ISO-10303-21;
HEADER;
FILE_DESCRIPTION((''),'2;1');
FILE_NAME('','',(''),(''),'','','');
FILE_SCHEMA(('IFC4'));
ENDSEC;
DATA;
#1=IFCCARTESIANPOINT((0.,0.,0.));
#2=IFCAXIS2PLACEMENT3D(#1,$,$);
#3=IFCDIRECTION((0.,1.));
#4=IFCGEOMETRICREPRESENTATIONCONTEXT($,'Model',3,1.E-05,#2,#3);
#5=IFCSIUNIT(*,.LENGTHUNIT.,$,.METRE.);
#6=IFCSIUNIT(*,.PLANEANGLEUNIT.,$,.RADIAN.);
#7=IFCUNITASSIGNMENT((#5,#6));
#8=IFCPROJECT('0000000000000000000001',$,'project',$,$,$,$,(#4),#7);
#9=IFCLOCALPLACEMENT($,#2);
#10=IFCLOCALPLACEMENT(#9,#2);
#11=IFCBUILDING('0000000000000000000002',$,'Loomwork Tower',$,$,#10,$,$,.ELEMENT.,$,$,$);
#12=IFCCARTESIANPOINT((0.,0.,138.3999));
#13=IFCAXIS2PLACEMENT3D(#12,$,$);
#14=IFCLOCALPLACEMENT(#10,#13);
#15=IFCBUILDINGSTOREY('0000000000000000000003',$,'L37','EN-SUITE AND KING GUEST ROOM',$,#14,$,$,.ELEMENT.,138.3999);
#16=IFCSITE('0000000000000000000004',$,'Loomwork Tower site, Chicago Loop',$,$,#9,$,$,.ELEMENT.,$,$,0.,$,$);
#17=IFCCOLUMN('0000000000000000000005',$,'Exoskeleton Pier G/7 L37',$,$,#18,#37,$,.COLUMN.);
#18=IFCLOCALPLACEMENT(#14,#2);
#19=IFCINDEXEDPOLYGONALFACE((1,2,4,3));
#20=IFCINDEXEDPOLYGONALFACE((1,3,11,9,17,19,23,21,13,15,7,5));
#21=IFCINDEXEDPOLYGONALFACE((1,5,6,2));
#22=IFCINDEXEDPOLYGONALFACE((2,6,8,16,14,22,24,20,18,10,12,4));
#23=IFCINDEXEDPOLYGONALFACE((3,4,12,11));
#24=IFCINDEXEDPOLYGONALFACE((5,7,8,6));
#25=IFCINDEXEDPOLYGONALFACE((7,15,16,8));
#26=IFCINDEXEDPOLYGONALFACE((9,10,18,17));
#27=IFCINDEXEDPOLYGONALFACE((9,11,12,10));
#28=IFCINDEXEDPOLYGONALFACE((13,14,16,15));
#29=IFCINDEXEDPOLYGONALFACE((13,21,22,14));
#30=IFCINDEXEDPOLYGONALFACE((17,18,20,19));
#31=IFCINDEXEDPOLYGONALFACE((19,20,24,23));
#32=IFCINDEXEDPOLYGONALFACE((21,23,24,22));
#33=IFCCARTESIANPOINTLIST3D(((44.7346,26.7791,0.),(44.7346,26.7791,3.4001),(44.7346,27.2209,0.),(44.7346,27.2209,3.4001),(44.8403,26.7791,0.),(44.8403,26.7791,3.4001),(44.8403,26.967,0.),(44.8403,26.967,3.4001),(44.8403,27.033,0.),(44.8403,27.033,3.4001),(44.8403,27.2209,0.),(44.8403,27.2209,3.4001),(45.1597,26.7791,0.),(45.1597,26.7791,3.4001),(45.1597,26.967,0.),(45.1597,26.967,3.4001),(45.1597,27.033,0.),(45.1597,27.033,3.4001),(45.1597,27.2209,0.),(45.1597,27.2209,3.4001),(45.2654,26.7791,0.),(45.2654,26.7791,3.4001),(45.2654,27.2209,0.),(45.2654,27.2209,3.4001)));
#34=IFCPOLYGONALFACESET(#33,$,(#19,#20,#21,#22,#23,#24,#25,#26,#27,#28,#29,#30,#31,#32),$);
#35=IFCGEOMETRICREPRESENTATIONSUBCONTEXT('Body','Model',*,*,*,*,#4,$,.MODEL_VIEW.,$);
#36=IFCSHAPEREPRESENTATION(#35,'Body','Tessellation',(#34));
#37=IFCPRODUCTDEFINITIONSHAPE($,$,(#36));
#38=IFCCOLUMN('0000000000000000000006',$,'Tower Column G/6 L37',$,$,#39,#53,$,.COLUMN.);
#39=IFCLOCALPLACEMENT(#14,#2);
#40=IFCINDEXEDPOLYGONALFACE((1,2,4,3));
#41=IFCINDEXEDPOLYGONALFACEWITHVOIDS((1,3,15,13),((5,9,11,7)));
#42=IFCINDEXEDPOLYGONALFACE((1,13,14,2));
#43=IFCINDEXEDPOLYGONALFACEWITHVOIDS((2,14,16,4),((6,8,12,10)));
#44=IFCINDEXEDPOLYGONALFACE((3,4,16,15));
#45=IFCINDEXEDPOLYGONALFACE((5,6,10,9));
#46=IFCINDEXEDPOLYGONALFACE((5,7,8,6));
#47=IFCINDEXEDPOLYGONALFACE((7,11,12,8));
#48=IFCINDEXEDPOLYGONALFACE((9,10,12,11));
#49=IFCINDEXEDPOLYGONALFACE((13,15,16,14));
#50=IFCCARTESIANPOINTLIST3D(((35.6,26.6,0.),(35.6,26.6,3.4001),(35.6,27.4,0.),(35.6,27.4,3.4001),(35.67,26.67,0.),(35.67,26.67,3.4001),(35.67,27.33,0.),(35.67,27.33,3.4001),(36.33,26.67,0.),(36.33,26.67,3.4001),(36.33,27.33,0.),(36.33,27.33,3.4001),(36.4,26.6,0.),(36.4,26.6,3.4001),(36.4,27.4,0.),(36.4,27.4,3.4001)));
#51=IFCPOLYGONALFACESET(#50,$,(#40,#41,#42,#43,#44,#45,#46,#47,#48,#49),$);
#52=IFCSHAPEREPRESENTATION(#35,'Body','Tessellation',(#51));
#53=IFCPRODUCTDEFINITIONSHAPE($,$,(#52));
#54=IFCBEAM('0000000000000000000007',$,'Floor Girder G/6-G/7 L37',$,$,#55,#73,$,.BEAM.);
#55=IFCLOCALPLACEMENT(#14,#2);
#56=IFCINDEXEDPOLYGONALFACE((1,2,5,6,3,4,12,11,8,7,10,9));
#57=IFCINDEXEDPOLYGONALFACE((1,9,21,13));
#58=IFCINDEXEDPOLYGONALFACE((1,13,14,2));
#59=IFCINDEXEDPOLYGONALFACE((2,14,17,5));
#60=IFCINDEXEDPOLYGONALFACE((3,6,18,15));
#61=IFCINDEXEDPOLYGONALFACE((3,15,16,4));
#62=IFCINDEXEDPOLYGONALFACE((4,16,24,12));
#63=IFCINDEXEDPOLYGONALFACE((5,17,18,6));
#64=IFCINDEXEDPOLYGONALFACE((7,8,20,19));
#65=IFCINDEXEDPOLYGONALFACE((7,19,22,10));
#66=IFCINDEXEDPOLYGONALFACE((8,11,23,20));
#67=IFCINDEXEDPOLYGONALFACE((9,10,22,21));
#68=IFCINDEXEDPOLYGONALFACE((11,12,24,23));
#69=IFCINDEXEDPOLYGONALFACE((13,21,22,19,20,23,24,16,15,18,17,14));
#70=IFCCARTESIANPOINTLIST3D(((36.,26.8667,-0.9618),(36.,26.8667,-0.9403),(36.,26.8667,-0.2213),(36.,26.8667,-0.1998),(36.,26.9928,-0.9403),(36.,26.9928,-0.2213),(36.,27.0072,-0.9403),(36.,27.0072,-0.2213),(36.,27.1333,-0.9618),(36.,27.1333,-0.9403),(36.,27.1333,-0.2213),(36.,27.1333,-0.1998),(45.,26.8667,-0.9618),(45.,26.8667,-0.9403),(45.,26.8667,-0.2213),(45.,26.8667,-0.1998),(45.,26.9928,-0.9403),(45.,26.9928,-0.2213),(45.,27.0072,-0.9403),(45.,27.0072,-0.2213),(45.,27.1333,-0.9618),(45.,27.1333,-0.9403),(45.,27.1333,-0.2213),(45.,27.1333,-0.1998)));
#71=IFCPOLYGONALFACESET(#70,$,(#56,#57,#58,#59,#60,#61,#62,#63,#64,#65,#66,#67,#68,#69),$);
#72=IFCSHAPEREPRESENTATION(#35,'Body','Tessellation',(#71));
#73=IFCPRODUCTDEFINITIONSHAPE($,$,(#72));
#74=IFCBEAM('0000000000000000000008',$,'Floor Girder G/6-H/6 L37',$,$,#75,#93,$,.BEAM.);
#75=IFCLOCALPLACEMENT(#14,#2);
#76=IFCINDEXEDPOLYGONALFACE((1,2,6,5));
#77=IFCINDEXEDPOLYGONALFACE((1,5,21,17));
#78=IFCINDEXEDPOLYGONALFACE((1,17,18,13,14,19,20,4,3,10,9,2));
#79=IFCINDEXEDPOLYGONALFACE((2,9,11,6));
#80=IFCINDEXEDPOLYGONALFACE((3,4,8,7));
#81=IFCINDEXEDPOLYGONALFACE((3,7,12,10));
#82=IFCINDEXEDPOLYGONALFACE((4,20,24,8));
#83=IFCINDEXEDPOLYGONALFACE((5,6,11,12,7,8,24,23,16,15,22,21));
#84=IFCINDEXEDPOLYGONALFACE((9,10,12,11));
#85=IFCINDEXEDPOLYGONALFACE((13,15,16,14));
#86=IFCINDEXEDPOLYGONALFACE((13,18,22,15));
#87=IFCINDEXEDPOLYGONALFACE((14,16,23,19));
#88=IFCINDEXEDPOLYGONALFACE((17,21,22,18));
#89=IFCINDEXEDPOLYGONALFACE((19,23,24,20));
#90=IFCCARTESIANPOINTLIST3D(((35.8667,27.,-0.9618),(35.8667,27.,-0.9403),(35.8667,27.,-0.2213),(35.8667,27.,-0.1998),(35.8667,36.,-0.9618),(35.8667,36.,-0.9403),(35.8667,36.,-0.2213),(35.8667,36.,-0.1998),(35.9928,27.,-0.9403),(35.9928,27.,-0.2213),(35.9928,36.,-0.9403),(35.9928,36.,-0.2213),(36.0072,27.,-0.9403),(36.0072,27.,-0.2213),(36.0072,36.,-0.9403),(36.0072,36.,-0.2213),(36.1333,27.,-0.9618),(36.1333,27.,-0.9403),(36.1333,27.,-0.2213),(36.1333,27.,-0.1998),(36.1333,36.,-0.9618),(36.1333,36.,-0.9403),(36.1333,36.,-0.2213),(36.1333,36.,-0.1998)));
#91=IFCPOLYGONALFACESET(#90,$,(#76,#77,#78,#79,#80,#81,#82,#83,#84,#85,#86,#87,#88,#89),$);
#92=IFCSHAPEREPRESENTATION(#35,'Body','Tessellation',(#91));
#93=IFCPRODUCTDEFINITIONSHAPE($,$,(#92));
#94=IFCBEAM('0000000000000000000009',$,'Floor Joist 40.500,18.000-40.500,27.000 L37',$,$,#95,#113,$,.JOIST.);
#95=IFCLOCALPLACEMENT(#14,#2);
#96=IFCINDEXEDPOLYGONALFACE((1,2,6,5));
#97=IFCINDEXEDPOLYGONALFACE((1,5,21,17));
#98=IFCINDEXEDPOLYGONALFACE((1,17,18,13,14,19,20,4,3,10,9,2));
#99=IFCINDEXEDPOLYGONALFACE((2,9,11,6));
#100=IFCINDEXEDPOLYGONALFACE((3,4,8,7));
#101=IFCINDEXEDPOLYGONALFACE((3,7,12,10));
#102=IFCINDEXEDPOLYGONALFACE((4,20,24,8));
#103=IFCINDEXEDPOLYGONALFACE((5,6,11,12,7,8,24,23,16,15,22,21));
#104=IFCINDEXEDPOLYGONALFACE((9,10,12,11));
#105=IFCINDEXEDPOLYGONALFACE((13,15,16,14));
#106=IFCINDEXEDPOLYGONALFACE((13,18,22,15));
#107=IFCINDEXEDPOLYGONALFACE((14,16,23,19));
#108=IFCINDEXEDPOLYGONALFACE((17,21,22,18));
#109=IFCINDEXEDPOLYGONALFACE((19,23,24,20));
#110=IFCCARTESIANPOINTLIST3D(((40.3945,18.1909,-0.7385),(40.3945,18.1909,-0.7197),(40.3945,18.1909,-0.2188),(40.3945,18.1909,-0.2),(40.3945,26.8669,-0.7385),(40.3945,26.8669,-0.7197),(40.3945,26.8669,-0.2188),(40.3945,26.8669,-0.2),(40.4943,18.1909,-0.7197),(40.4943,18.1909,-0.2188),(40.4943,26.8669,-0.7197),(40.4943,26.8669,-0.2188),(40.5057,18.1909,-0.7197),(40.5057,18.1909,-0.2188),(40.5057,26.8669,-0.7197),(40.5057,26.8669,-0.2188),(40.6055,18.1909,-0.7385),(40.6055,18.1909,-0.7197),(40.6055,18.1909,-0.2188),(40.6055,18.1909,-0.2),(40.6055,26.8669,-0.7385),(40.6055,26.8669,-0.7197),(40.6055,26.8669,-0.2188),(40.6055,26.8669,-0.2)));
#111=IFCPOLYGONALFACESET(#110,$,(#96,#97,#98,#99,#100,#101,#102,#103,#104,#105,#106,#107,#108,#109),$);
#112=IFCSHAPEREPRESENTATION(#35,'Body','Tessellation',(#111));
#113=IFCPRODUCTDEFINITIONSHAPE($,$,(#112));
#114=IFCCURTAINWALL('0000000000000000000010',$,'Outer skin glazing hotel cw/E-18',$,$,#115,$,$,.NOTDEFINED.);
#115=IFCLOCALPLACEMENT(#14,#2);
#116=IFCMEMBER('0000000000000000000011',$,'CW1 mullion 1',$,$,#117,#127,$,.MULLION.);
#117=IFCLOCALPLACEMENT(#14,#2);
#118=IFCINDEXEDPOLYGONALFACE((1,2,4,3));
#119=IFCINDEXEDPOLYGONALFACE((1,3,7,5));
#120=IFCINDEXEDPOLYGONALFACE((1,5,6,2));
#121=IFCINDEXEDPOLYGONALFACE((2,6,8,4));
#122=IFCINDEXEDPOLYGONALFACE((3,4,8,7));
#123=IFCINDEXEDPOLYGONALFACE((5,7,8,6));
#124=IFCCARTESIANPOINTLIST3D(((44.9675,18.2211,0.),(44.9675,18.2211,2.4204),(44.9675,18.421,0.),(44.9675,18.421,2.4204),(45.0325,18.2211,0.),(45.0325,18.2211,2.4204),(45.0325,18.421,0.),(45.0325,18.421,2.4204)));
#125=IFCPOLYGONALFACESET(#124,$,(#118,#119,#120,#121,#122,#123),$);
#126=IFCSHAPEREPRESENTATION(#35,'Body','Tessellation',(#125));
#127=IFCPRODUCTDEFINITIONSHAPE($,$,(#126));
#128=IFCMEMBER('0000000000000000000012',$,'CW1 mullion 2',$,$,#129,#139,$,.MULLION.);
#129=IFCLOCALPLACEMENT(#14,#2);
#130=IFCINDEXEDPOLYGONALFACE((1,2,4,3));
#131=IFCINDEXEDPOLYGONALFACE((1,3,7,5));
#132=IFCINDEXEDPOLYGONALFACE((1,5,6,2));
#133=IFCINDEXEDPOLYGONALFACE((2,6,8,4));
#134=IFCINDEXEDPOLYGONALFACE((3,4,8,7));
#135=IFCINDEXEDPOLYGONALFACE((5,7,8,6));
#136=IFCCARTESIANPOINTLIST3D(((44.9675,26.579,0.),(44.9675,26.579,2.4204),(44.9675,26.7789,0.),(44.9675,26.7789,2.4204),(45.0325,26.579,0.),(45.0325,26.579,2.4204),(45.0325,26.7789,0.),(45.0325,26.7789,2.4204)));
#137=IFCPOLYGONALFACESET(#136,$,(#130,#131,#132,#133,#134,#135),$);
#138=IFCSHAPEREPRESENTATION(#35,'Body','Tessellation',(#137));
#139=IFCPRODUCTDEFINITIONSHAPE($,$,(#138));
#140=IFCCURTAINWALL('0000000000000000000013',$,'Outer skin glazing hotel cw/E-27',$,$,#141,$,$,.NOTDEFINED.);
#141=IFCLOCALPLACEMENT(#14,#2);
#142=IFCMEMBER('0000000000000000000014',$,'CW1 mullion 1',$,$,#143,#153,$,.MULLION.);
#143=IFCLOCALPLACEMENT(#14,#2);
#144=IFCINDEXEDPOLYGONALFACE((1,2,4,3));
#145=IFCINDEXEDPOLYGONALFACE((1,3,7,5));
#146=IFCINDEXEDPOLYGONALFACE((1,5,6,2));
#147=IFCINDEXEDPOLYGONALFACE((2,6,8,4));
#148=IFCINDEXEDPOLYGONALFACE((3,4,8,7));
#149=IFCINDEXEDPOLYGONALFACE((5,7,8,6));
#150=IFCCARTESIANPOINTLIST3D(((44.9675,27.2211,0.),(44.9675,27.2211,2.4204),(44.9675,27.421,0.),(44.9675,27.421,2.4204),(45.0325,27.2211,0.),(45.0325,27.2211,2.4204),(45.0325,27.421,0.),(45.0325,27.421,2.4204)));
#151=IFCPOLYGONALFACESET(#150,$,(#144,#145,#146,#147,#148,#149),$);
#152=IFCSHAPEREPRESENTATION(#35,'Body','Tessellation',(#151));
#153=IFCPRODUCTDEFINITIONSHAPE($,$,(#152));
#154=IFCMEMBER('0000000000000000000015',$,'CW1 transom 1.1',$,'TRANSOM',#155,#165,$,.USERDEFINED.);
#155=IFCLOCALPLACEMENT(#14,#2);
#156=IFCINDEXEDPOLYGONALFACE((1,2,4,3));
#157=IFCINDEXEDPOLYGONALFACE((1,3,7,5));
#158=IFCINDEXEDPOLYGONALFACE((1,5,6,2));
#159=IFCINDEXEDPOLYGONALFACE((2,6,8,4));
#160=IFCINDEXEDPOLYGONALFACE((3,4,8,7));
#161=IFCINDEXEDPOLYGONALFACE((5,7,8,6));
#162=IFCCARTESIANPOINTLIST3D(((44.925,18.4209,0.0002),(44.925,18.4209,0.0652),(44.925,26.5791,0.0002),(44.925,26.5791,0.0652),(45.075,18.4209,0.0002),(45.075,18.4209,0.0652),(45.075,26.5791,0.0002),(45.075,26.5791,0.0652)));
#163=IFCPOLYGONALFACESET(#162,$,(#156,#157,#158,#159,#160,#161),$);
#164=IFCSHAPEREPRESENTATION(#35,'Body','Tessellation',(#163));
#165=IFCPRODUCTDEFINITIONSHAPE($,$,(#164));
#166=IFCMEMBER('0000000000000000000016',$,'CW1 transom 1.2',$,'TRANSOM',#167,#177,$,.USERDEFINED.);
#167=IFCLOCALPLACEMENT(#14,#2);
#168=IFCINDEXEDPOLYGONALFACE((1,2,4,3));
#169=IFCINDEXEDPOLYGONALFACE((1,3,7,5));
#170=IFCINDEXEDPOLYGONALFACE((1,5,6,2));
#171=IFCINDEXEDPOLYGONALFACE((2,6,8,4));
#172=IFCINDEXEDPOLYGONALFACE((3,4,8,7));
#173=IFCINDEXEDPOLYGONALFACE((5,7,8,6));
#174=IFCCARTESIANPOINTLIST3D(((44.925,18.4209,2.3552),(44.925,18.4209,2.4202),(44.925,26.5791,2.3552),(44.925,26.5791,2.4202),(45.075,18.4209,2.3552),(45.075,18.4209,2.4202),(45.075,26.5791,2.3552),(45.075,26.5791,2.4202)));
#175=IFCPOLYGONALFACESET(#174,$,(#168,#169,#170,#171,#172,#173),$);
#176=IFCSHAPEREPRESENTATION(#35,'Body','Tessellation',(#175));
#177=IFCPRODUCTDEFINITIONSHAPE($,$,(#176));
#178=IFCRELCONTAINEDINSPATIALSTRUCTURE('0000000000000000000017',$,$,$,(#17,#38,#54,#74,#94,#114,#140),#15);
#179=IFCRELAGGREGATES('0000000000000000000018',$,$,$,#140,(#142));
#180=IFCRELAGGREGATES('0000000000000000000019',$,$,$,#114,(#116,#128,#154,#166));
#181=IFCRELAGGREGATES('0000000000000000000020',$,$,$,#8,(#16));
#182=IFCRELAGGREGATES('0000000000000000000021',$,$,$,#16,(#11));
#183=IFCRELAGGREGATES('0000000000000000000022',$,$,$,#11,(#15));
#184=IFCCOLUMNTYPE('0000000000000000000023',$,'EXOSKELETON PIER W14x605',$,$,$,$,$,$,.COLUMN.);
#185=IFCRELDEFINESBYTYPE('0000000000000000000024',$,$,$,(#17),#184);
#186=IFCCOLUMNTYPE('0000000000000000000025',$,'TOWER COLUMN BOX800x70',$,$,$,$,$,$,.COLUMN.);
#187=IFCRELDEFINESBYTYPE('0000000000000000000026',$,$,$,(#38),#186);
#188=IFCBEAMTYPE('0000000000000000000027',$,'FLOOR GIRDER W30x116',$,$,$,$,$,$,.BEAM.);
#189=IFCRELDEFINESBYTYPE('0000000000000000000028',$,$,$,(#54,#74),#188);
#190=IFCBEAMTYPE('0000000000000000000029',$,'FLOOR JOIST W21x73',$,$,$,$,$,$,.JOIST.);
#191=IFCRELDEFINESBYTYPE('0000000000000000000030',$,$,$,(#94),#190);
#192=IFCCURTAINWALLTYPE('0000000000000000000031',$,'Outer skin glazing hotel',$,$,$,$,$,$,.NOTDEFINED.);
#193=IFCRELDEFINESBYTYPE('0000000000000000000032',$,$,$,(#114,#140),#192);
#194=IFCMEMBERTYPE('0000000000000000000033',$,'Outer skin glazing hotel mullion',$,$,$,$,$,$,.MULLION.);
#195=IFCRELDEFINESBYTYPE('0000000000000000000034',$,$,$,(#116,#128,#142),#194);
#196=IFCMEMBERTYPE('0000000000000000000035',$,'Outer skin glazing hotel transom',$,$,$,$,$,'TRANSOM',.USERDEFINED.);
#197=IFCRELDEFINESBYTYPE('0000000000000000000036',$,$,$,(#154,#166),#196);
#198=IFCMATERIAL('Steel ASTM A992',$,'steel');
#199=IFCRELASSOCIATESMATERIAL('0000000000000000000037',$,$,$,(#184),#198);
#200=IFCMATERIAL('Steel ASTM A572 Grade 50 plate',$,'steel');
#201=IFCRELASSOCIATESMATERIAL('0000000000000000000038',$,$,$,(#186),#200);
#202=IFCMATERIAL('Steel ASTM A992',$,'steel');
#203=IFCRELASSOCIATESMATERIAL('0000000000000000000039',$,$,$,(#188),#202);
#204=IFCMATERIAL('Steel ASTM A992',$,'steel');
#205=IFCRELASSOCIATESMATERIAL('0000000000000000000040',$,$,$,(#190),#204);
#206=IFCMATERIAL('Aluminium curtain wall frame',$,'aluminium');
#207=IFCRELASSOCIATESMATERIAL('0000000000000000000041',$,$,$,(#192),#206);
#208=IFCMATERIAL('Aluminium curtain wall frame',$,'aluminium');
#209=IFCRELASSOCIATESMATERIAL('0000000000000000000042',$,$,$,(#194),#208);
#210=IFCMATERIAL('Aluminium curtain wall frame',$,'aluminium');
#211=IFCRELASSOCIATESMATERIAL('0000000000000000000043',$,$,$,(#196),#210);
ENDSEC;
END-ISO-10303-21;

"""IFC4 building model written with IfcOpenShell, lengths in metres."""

from ifc_helpers import new_model, si_unit, direction, frame, origin, origin_2d, place, context, subcontext, project, spatial, rectangle, hollow_rectangle, i_section, extrude, material, material_profile, profile_set, type_object, element, aggregate, save


model = new_model("IFC4")

# Units and contexts
model_context = context("Model", 3, precision=1e-05, world=origin(), true_north=direction((0.0, 1.0)))
body_context = subcontext(model_context, "Body", "Model", "MODEL_VIEW")
ifc_project = project(units=[si_unit("LENGTHUNIT", "METRE"), si_unit("PLANEANGLEUNIT", "RADIAN")], contexts=[model_context])

# Site, building, storey
site_placement = place(None, origin())
site = spatial("IfcSite", under=ifc_project, at=site_placement, Name="Loomwork Tower site, Chicago Loop", CompositionType="ELEMENT", RefElevation=0.0)
building_placement = place(site_placement, origin())
building = spatial("IfcBuilding", under=site, at=building_placement, Name="Loomwork Tower", CompositionType="ELEMENT")
storey_placement = place(building_placement, frame((0.0, 0.0, 138.3999)))
storey = spatial("IfcBuildingStorey", under=building, at=storey_placement, Name="L37", Description="EN-SUITE AND KING GUEST ROOM", CompositionType="ELEMENT", Elevation=138.3999)

# Columns
ifc_material_1 = material(Name="Steel ASTM A992", Category="steel")
ifc_material_profile_1 = material_profile(ifc_material_1, i_section(OverallWidth=0.4419, OverallDepth=0.5308, WebThickness=0.0659, FlangeThickness=0.1057, at=origin_2d()), Name="W14x605")
ifc_profile_set_1 = profile_set([ifc_material_profile_1], Name="Steel ASTM A992")
column_type_1 = type_object("IfcColumnType", Name="EXOSKELETON PIER W14x605", PredefinedType="COLUMN", material=ifc_profile_set_1)
column_1_placement = place(storey_placement, frame((45.0, 27.0, 0.0), z_axis=(0.0, 0.0, 1.0), x_axis=(0.0, 1.0, 0.0)))
element("IfcColumn", 1, at=column_1_placement, inside=storey, type_object=column_type_1, Name="Exoskeleton Pier G/7 L37", PredefinedType="COLUMN", context=body_context, shape_type="SweptSolid", body=[
    extrude(i_section(OverallWidth=0.4419, OverallDepth=0.5308, WebThickness=0.0659, FlangeThickness=0.1057, at=origin_2d()), origin(), (0.0, 0.0, 1.0), 3.4001),
])
ifc_material_2 = material(Name="Steel ASTM A572 Grade 50 plate", Category="steel")
ifc_material_profile_2 = material_profile(ifc_material_2, hollow_rectangle(XDim=0.8, YDim=0.8, WallThickness=0.0701, at=origin_2d()), Name="BOX800x70")
ifc_profile_set_2 = profile_set([ifc_material_profile_2], Name="Steel ASTM A572 Grade 50 plate")
column_type_2 = type_object("IfcColumnType", Name="TOWER COLUMN BOX800x70", PredefinedType="COLUMN", material=ifc_profile_set_2)
column_2_placement = place(storey_placement, frame((36.0, 27.0, 0.0), z_axis=(0.0, 0.0, 1.0), x_axis=(1.0, 0.0, 0.0)))
element("IfcColumn", 2, at=column_2_placement, inside=storey, type_object=column_type_2, Name="Tower Column G/6 L37", PredefinedType="COLUMN", context=body_context, shape_type="SweptSolid", body=[
    extrude(hollow_rectangle(XDim=0.8, YDim=0.8, WallThickness=0.0701, at=origin_2d()), origin(), (0.0, 0.0, 1.0), 3.4001),
])

# Beams
ifc_material_3 = material(Name="Steel ASTM A992", Category="steel")
ifc_material_profile_3 = material_profile(ifc_material_3, i_section(OverallWidth=0.2666, OverallDepth=0.762, WebThickness=0.0144, FlangeThickness=0.0215, at=origin_2d()), Name="W30x116")
ifc_profile_set_3 = profile_set([ifc_material_profile_3], Name="Steel ASTM A992")
beam_type_1 = type_object("IfcBeamType", Name="FLOOR GIRDER W30x116", PredefinedType="BEAM", material=ifc_profile_set_3)
for number, where, z_axis, x_axis, name in (
    (3, (36.0, 27.0, -0.5808), (1.0, 0.0, 0.0), (0.0, 1.0, 0.0), "Floor Girder G/6-G/7 L37"),
    (4, (36.0, 27.0, -0.5808), (0.0, 1.0, 0.0), (-1.0, 0.0, 0.0), "Floor Girder G/6-H/6 L37"),
):
    element("IfcBeam", number, at=place(storey_placement, frame(where, z_axis=z_axis, x_axis=x_axis)), inside=storey, type_object=beam_type_1, Name=name, PredefinedType="BEAM", context=body_context, shape_type="SweptSolid", body=[
        extrude(i_section(OverallWidth=0.2666, OverallDepth=0.762, WebThickness=0.0144, FlangeThickness=0.0215, at=origin_2d()), origin(), (0.0, 0.0, 1.0), 9.0),
    ])
ifc_material_4 = material(Name="Steel ASTM A992", Category="steel")
ifc_material_profile_4 = material_profile(ifc_material_4, i_section(OverallWidth=0.2109, OverallDepth=0.5386, WebThickness=0.0115, FlangeThickness=0.0188, at=origin_2d()), Name="W21x73")
ifc_profile_set_4 = profile_set([ifc_material_profile_4], Name="Steel ASTM A992")
beam_type_2 = type_object("IfcBeamType", Name="FLOOR JOIST W21x73", PredefinedType="JOIST", material=ifc_profile_set_4)
beam_1_placement = place(storey_placement, frame((40.5, 18.1909, -0.4692), z_axis=(0.0, 1.0, 0.0), x_axis=(-1.0, 0.0, 0.0)))
element("IfcBeam", 5, at=beam_1_placement, inside=storey, type_object=beam_type_2, Name="Floor Joist 40.500,18.000-40.500,27.000 L37", PredefinedType="JOIST", context=body_context, shape_type="SweptSolid", body=[
    extrude(i_section(OverallWidth=0.2109, OverallDepth=0.5386, WebThickness=0.0115, FlangeThickness=0.0188, at=origin_2d()), origin(), (0.0, 0.0, 1.0), 8.676),
])

# Curtain wall, members
ifc_material_5 = material(Name="Aluminium curtain wall frame", Category="aluminium")
curtain_wall_type = type_object("IfcCurtainWallType", Name="Outer skin glazing hotel", PredefinedType="NOTDEFINED", material=ifc_material_5)
curtain_wall_1_placement = place(storey_placement, origin())
curtain_wall_1 = element("IfcCurtainWall", 6, at=curtain_wall_1_placement, inside=storey, type_object=curtain_wall_type, Name="Outer skin glazing hotel cw/E-18", PredefinedType="NOTDEFINED")
ifc_material_6 = material(Name="Aluminium curtain wall frame", Category="aluminium")
ifc_material_profile_5 = material_profile(ifc_material_6, rectangle(XDim=0.0649, YDim=0.2, at=origin_2d()), Name="AL 65x200")
ifc_profile_set_5 = profile_set([ifc_material_profile_5], Name="Aluminium curtain wall frame")
member_type_1 = type_object("IfcMemberType", Name="Outer skin glazing hotel mullion", PredefinedType="MULLION", material=ifc_profile_set_5)
member_1_placement = place(storey_placement, frame((45.0, 18.321, 0.0), z_axis=(0.0, 0.0, 1.0), x_axis=(-1.0, 0.0, 0.0)))
member_1 = element("IfcMember", 7, at=member_1_placement, type_object=member_type_1, Name="CW1 mullion 1", PredefinedType="MULLION", context=body_context, shape_type="SweptSolid", body=[
    extrude(rectangle(XDim=0.0649, YDim=0.2, at=origin_2d()), origin(), (0.0, 0.0, 1.0), 2.4204),
])
member_2_placement = place(storey_placement, frame((45.0, 26.679, 0.0), z_axis=(0.0, 0.0, 1.0), x_axis=(-1.0, 0.0, 0.0)))
member_2 = element("IfcMember", 8, at=member_2_placement, type_object=member_type_1, Name="CW1 mullion 2", PredefinedType="MULLION", context=body_context, shape_type="SweptSolid", body=[
    extrude(rectangle(XDim=0.0649, YDim=0.2, at=origin_2d()), origin(), (0.0, 0.0, 1.0), 2.4204),
])

# Curtain wall, member
curtain_wall_2_placement = place(storey_placement, origin())
curtain_wall_2 = element("IfcCurtainWall", 9, at=curtain_wall_2_placement, inside=storey, type_object=curtain_wall_type, Name="Outer skin glazing hotel cw/E-27", PredefinedType="NOTDEFINED")
member_3_placement = place(storey_placement, frame((45.0, 27.321, 0.0), z_axis=(0.0, 0.0, 1.0), x_axis=(-1.0, 0.0, 0.0)))
member_3 = element("IfcMember", 10, at=member_3_placement, type_object=member_type_1, Name="CW1 mullion 1", PredefinedType="MULLION", context=body_context, shape_type="SweptSolid", body=[
    extrude(rectangle(XDim=0.0649, YDim=0.2, at=origin_2d()), origin(), (0.0, 0.0, 1.0), 2.4204),
])
aggregate(curtain_wall_2, [member_3])

# Members
ifc_material_7 = material(Name="Aluminium curtain wall frame", Category="aluminium")
ifc_material_profile_6 = material_profile(ifc_material_7, rectangle(XDim=0.1499, YDim=0.0649, at=origin_2d()), Name="AL 65x150")
ifc_profile_set_6 = profile_set([ifc_material_profile_6], Name="Aluminium curtain wall frame")
member_type_2 = type_object("IfcMemberType", Name="Outer skin glazing hotel transom", ElementType="TRANSOM", PredefinedType="USERDEFINED", material=ifc_profile_set_6)
member_4_placement = place(storey_placement, frame((45.0, 18.4209, 0.0327), z_axis=(0.0, 1.0, 0.0), x_axis=(-1.0, 0.0, 0.0)))
member_4 = element("IfcMember", 11, at=member_4_placement, type_object=member_type_2, Name="CW1 transom 1.1", ObjectType="TRANSOM", PredefinedType="USERDEFINED", context=body_context, shape_type="SweptSolid", body=[
    extrude(rectangle(XDim=0.1499, YDim=0.0649, at=origin_2d()), origin(), (0.0, 0.0, 1.0), 8.1582),
])
member_5_placement = place(storey_placement, frame((45.0, 18.4209, 2.3877), z_axis=(0.0, 1.0, 0.0), x_axis=(-1.0, 0.0, 0.0)))
member_5 = element("IfcMember", 12, at=member_5_placement, type_object=member_type_2, Name="CW1 transom 1.2", ObjectType="TRANSOM", PredefinedType="USERDEFINED", context=body_context, shape_type="SweptSolid", body=[
    extrude(rectangle(XDim=0.1499, YDim=0.0649, at=origin_2d()), origin(), (0.0, 0.0, 1.0), 8.1582),
])

aggregate(curtain_wall_1, [member_1, member_2, member_4, member_5])

save(model, "model.ifc")
